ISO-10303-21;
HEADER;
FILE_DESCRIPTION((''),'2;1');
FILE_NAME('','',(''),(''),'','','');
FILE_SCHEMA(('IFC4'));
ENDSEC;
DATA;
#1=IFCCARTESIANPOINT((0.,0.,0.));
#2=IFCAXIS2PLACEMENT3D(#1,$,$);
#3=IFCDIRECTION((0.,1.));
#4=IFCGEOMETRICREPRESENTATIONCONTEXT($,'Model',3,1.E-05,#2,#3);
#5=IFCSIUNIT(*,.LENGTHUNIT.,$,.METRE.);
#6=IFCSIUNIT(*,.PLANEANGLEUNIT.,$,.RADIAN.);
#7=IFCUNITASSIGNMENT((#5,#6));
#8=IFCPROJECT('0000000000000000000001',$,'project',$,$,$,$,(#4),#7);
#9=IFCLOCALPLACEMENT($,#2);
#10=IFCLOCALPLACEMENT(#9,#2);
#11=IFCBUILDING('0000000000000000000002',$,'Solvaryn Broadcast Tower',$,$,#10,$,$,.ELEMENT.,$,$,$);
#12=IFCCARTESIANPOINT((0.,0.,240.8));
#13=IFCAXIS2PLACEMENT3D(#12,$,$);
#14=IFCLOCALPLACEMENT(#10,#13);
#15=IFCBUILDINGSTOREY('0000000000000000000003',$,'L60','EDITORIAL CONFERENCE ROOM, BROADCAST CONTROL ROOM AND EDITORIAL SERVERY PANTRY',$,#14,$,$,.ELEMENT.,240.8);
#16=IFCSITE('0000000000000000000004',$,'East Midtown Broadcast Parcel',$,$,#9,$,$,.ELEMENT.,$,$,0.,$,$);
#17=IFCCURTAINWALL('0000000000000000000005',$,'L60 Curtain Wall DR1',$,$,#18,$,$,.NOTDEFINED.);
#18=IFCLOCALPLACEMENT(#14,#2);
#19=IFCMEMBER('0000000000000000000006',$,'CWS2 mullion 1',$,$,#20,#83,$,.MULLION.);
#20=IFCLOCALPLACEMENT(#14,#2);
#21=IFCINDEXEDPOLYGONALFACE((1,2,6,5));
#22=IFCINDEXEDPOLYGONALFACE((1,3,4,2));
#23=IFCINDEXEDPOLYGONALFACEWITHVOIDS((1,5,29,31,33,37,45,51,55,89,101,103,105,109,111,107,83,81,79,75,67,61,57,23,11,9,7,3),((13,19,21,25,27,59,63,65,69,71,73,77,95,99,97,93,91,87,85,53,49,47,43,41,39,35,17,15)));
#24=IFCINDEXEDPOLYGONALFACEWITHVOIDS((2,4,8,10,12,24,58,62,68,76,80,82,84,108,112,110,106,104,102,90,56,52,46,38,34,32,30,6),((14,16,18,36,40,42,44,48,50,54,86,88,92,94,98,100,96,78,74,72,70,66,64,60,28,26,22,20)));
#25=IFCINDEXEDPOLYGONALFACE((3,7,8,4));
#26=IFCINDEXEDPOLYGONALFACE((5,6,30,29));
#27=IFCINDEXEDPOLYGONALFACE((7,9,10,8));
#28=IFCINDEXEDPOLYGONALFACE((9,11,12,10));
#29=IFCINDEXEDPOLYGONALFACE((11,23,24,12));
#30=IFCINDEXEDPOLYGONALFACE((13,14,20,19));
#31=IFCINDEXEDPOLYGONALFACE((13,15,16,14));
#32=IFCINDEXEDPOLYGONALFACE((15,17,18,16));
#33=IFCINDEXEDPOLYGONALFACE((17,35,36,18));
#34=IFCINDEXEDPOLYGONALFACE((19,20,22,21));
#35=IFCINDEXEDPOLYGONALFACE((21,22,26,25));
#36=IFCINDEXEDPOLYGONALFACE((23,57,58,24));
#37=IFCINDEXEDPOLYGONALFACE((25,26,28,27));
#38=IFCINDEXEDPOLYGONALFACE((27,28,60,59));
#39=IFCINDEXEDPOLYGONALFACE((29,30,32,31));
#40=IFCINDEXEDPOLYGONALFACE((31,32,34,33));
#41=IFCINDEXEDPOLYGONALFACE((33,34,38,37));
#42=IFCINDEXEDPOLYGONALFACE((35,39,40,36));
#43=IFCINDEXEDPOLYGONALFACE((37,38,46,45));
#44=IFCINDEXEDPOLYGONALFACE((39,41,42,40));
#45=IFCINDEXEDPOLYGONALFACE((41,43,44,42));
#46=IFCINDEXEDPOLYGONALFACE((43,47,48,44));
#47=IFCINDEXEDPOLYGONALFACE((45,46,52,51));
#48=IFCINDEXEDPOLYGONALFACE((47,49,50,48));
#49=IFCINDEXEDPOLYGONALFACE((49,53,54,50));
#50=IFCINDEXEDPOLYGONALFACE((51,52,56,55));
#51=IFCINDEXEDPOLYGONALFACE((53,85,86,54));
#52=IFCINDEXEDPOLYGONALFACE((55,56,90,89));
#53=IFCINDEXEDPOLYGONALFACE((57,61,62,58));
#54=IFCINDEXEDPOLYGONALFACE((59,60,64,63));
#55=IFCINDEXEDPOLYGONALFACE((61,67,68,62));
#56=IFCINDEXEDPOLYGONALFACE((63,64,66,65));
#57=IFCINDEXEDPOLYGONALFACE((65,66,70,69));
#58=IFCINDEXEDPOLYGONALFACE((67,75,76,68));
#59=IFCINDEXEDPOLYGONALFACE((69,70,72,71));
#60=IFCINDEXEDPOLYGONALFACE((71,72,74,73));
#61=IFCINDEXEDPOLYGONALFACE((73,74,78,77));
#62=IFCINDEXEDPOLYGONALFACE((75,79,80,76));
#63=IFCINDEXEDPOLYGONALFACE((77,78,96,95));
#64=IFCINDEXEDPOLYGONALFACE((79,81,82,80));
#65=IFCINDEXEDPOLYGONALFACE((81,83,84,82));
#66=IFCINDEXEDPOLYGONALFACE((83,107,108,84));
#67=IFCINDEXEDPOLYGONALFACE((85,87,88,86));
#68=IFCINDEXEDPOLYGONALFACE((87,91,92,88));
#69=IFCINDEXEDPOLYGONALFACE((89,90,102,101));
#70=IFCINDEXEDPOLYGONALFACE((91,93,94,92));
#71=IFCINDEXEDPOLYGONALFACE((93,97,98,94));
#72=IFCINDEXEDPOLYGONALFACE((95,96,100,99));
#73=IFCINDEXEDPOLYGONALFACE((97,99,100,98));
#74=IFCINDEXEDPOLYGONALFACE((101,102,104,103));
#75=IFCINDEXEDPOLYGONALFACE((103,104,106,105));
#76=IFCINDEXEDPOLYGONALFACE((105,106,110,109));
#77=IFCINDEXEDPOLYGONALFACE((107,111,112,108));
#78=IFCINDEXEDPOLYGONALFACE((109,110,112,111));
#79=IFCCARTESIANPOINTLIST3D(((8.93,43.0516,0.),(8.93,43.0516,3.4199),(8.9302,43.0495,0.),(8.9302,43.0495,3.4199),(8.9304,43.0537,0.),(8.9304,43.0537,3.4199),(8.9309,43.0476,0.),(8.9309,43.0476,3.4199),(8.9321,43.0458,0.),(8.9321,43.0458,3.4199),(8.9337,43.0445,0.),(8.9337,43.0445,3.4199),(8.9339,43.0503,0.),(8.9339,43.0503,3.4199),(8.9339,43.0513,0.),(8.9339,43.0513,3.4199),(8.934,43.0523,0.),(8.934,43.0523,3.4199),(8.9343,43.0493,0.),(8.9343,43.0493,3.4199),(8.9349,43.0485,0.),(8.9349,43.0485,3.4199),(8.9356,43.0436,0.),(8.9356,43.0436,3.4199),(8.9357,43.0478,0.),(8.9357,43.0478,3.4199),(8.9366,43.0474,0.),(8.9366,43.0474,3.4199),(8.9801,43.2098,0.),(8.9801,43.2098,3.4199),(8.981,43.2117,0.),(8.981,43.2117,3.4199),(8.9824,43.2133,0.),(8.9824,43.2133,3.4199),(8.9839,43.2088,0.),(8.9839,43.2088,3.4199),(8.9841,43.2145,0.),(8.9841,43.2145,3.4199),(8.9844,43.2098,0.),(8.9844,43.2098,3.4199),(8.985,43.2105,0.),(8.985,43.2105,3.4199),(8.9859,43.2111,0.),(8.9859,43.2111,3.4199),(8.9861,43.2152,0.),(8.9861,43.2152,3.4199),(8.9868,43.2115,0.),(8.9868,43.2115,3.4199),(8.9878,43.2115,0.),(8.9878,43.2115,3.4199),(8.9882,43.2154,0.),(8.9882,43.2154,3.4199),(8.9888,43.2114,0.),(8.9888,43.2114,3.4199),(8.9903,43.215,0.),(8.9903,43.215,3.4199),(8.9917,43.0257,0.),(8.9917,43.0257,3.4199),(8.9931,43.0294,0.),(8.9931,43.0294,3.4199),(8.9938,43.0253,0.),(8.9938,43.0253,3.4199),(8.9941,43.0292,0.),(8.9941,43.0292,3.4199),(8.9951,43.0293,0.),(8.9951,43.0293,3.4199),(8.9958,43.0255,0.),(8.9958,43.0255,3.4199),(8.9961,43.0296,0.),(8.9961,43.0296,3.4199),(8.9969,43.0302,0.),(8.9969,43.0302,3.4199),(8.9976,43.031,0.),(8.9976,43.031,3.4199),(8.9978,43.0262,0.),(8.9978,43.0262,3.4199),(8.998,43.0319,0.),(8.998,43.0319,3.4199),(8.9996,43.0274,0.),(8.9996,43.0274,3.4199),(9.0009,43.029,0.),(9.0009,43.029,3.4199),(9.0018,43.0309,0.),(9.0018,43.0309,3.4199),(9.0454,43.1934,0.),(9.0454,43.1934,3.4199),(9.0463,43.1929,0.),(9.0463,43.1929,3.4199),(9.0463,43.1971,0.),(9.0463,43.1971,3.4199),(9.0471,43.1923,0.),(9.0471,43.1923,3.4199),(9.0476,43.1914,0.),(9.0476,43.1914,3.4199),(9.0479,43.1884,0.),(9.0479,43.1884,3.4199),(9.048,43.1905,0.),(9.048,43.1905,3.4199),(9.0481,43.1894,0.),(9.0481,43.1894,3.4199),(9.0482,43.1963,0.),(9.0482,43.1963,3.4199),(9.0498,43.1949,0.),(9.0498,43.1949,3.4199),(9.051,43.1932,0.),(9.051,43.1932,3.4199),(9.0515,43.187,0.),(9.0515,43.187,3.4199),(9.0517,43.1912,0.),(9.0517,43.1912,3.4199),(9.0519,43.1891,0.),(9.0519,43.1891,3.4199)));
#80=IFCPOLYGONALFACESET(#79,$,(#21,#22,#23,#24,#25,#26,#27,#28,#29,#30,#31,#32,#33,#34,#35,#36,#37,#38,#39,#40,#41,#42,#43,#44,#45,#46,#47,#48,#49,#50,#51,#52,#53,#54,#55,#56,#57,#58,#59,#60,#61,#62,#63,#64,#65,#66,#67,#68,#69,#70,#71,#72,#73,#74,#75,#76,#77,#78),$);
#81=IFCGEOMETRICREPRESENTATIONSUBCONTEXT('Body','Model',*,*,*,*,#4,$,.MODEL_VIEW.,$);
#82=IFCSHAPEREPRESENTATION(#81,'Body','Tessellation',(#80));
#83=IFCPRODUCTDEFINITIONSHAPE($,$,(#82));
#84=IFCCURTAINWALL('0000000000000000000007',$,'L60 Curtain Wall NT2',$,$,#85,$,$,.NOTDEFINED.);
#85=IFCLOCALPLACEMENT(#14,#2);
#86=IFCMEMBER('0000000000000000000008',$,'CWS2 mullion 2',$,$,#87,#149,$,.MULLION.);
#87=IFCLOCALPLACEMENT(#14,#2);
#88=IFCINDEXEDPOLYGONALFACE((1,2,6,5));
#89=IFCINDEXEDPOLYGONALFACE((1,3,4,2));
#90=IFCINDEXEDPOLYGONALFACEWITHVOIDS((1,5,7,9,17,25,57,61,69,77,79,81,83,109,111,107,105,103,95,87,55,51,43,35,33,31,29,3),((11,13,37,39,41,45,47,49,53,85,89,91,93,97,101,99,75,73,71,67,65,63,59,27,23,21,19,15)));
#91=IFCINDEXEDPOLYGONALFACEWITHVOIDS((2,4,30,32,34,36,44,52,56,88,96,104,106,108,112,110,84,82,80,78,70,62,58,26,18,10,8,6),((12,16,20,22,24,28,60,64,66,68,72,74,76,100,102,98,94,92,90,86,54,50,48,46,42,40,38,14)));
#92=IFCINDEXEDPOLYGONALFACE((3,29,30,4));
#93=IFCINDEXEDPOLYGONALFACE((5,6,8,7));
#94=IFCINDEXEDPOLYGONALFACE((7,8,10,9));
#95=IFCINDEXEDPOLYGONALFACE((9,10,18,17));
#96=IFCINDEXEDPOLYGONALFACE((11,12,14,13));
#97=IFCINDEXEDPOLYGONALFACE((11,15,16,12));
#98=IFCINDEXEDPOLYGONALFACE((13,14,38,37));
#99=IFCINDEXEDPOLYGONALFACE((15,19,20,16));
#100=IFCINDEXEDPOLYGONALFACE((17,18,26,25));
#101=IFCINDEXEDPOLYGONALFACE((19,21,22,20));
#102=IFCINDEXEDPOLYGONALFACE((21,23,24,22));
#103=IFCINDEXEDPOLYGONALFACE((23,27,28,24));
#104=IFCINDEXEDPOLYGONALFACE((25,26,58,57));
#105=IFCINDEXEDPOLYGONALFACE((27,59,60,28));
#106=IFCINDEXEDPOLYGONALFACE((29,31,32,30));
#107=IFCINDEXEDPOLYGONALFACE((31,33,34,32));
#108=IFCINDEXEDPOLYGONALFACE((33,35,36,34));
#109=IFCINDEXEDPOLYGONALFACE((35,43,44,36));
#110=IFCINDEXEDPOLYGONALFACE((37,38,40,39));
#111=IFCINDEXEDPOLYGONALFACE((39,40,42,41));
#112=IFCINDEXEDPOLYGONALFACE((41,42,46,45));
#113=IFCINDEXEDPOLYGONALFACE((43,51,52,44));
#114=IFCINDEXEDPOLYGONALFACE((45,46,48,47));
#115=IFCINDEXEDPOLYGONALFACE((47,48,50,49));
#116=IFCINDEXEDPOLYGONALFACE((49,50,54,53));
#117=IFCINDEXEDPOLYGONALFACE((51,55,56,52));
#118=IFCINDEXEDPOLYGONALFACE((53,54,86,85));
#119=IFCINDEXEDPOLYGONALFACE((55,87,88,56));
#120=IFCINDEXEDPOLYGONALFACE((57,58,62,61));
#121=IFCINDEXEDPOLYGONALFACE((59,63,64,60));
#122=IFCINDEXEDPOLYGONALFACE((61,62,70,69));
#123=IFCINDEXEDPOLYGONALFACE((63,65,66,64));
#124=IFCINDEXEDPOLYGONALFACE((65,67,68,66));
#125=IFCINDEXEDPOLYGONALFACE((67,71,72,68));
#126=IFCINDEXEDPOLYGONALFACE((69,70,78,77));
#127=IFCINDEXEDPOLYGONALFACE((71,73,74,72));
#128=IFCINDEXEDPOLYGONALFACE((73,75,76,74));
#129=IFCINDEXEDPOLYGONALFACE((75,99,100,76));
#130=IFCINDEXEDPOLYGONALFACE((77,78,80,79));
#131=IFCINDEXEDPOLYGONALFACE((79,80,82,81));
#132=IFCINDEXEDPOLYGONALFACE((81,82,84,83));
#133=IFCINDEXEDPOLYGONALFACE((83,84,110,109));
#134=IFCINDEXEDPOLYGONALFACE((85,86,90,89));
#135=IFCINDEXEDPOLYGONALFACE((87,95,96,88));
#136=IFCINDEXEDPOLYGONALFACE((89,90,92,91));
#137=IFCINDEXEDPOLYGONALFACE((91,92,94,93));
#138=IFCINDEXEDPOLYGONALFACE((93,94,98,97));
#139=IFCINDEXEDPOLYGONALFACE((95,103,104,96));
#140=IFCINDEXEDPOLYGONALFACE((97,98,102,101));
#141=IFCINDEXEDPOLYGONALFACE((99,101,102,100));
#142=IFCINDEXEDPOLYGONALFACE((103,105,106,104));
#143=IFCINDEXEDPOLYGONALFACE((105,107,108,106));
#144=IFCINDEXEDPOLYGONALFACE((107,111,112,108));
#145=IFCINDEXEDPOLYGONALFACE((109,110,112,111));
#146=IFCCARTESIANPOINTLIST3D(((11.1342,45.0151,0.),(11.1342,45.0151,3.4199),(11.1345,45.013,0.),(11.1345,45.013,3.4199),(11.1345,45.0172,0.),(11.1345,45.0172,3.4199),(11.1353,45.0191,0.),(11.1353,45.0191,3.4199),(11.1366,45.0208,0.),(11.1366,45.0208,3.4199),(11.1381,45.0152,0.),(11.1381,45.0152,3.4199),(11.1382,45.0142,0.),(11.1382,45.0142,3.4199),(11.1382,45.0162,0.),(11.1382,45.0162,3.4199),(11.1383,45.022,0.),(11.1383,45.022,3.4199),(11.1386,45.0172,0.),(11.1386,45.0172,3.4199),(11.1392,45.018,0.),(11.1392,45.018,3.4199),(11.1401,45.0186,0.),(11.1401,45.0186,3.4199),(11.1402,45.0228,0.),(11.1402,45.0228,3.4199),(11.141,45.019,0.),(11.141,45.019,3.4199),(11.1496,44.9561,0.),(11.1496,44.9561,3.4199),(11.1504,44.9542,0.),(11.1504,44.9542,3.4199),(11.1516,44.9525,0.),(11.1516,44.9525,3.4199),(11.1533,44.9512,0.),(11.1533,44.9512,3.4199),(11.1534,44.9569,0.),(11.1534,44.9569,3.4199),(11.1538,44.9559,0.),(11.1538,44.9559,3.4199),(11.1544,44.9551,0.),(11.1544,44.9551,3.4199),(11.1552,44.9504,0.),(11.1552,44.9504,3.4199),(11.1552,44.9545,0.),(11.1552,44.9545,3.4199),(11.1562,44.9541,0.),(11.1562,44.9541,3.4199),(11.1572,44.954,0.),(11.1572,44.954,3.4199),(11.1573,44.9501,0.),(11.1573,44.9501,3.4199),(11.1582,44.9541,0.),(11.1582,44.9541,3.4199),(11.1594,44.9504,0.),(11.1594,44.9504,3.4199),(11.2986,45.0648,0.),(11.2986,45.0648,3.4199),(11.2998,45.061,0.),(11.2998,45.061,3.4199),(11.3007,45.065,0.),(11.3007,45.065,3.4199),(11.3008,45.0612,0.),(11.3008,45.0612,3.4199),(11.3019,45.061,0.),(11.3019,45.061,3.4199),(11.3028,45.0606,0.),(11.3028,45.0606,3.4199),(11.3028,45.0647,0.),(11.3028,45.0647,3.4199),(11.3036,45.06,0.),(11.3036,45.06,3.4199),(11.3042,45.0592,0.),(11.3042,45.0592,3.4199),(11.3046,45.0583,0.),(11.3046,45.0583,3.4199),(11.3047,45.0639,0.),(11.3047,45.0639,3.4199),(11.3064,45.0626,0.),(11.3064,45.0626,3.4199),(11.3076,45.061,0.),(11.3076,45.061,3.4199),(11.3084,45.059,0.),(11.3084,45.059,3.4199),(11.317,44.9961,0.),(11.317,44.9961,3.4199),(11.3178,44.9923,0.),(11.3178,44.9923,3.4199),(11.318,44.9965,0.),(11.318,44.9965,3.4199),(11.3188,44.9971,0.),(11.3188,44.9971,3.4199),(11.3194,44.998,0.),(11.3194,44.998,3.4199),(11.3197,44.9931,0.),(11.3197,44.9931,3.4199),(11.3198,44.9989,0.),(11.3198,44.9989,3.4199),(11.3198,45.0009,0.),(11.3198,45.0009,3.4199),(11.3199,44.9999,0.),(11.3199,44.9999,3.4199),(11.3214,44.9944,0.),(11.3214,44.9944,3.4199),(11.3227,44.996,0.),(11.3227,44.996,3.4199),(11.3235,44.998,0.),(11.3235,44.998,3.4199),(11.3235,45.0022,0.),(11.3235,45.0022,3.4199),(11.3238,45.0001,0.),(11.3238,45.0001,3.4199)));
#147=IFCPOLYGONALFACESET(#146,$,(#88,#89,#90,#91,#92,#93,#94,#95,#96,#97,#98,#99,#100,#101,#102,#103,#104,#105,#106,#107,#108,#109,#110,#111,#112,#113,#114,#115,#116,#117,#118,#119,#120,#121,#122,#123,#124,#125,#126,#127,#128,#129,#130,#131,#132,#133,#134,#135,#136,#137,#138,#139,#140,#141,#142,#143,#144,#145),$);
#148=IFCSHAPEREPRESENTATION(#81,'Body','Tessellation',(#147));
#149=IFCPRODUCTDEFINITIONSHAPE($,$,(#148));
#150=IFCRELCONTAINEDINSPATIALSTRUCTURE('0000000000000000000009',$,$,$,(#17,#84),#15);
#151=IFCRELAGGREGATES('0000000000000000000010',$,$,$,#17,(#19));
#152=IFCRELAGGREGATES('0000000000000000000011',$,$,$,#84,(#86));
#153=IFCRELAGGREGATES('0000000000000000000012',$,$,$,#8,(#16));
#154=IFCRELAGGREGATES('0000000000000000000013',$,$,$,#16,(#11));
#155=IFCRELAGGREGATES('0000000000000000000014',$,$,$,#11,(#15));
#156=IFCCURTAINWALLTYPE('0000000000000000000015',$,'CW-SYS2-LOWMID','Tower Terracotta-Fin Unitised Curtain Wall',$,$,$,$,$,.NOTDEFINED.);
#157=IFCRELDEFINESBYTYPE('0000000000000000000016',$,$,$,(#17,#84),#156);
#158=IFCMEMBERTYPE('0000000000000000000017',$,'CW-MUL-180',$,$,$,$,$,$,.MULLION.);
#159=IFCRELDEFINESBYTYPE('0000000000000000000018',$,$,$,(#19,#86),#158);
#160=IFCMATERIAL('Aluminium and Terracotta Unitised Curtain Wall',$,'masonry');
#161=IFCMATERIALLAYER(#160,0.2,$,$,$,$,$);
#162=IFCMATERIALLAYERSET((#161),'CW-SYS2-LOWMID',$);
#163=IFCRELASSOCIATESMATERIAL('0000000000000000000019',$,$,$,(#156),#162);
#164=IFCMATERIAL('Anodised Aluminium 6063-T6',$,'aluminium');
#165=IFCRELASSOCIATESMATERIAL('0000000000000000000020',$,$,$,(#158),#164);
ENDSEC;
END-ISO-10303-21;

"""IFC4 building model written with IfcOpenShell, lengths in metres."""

from ifc_helpers import new_model, si_unit, direction, frame, origin, origin_2d, place, context, subcontext, project, spatial, hollow_rectangle, extrude, material, layer, layer_set, material_profile, profile_set, type_object, element, aggregate, save


model = new_model("IFC4")

# Units and contexts
model_context = context("Model", 3, precision=1e-05, world=origin(), true_north=direction((0.0, 1.0)))
body_context = subcontext(model_context, "Body", "Model", "MODEL_VIEW")
ifc_project = project(units=[si_unit("LENGTHUNIT", "METRE"), si_unit("PLANEANGLEUNIT", "RADIAN")], contexts=[model_context])

# Site, building, storey
site_placement = place(None, origin())
site = spatial("IfcSite", under=ifc_project, at=site_placement, Name="East Midtown Broadcast Parcel", CompositionType="ELEMENT", RefElevation=0.0)
building_placement = place(site_placement, origin())
building = spatial("IfcBuilding", under=site, at=building_placement, Name="Solvaryn Broadcast Tower", CompositionType="ELEMENT")
storey_placement = place(building_placement, frame((0.0, 0.0, 240.8)))
storey = spatial("IfcBuildingStorey", under=building, at=storey_placement, Name="L60", Description="EDITORIAL CONFERENCE ROOM, BROADCAST CONTROL ROOM AND EDITORIAL SERVERY PANTRY", CompositionType="ELEMENT", Elevation=240.8)

# Curtain walls, members
ifc_material_1 = material(Name="Aluminium and Terracotta Unitised Curtain Wall", Category="masonry")
ifc_layer_1 = layer(ifc_material_1, 0.2)
ifc_layer_set_1 = layer_set([ifc_layer_1], Name="CW-SYS2-LOWMID")
curtain_wall_type = type_object("IfcCurtainWallType", Name="CW-SYS2-LOWMID", Description="Tower Terracotta-Fin Unitised Curtain Wall", PredefinedType="NOTDEFINED", material=ifc_layer_set_1)
curtain_wall_1_placement = place(storey_placement, origin())
curtain_wall_1 = element("IfcCurtainWall", 1, at=curtain_wall_1_placement, inside=storey, type_object=curtain_wall_type, Name="L60 Curtain Wall DR1", PredefinedType="NOTDEFINED")
ifc_material_2 = material(Name="Anodised Aluminium 6063-T6", Category="aluminium")
ifc_material_profile_1 = material_profile(ifc_material_2, hollow_rectangle(XDim=0.075, YDim=0.1799, WallThickness=0.0039, InnerFilletRadius=0.0039, OuterFilletRadius=0.0081, at=origin_2d()))
ifc_profile_set_1 = profile_set([ifc_material_profile_1], Name="Anodised Aluminium 6063-T6")
member_type_1 = type_object("IfcMemberType", Name="CW-MUL-180", PredefinedType="MULLION", material=ifc_profile_set_1)
member_1_placement = place(storey_placement, frame((8.991, 43.1204, 0.0), z_axis=(0.0, 0.0, 1.0), x_axis=(0.952795, -0.303616, 0.0)))
member_1 = element("IfcMember", 2, at=member_1_placement, type_object=member_type_1, Name="CWS2 mullion 1", PredefinedType="MULLION", context=body_context, shape_type="SweptSolid", body=[
    extrude(hollow_rectangle(XDim=0.075, YDim=0.1799, WallThickness=0.0039, InnerFilletRadius=0.0039, OuterFilletRadius=0.0081, at=origin_2d()), origin(), (0.0, 0.0, 1.0), 3.4199),
])
curtain_wall_2_placement = place(storey_placement, origin())
curtain_wall_2 = element("IfcCurtainWall", 3, at=curtain_wall_2_placement, inside=storey, type_object=curtain_wall_type, Name="L60 Curtain Wall NT2", PredefinedType="NOTDEFINED")
member_2_placement = place(storey_placement, frame((11.229, 45.0076, 0.0), z_axis=(0.0, 0.0, 1.0), x_axis=(0.255893, -0.966705, 0.0)))
member_2 = element("IfcMember", 4, at=member_2_placement, type_object=member_type_1, Name="CWS2 mullion 2", PredefinedType="MULLION", context=body_context, shape_type="SweptSolid", body=[
    extrude(hollow_rectangle(XDim=0.075, YDim=0.1799, WallThickness=0.0039, InnerFilletRadius=0.0039, OuterFilletRadius=0.0081, at=origin_2d()), origin(), (0.0, 0.0, 1.0), 3.4199),
])

aggregate(curtain_wall_1, [member_1])

aggregate(curtain_wall_2, [member_2])

save(model, "model.ifc")
